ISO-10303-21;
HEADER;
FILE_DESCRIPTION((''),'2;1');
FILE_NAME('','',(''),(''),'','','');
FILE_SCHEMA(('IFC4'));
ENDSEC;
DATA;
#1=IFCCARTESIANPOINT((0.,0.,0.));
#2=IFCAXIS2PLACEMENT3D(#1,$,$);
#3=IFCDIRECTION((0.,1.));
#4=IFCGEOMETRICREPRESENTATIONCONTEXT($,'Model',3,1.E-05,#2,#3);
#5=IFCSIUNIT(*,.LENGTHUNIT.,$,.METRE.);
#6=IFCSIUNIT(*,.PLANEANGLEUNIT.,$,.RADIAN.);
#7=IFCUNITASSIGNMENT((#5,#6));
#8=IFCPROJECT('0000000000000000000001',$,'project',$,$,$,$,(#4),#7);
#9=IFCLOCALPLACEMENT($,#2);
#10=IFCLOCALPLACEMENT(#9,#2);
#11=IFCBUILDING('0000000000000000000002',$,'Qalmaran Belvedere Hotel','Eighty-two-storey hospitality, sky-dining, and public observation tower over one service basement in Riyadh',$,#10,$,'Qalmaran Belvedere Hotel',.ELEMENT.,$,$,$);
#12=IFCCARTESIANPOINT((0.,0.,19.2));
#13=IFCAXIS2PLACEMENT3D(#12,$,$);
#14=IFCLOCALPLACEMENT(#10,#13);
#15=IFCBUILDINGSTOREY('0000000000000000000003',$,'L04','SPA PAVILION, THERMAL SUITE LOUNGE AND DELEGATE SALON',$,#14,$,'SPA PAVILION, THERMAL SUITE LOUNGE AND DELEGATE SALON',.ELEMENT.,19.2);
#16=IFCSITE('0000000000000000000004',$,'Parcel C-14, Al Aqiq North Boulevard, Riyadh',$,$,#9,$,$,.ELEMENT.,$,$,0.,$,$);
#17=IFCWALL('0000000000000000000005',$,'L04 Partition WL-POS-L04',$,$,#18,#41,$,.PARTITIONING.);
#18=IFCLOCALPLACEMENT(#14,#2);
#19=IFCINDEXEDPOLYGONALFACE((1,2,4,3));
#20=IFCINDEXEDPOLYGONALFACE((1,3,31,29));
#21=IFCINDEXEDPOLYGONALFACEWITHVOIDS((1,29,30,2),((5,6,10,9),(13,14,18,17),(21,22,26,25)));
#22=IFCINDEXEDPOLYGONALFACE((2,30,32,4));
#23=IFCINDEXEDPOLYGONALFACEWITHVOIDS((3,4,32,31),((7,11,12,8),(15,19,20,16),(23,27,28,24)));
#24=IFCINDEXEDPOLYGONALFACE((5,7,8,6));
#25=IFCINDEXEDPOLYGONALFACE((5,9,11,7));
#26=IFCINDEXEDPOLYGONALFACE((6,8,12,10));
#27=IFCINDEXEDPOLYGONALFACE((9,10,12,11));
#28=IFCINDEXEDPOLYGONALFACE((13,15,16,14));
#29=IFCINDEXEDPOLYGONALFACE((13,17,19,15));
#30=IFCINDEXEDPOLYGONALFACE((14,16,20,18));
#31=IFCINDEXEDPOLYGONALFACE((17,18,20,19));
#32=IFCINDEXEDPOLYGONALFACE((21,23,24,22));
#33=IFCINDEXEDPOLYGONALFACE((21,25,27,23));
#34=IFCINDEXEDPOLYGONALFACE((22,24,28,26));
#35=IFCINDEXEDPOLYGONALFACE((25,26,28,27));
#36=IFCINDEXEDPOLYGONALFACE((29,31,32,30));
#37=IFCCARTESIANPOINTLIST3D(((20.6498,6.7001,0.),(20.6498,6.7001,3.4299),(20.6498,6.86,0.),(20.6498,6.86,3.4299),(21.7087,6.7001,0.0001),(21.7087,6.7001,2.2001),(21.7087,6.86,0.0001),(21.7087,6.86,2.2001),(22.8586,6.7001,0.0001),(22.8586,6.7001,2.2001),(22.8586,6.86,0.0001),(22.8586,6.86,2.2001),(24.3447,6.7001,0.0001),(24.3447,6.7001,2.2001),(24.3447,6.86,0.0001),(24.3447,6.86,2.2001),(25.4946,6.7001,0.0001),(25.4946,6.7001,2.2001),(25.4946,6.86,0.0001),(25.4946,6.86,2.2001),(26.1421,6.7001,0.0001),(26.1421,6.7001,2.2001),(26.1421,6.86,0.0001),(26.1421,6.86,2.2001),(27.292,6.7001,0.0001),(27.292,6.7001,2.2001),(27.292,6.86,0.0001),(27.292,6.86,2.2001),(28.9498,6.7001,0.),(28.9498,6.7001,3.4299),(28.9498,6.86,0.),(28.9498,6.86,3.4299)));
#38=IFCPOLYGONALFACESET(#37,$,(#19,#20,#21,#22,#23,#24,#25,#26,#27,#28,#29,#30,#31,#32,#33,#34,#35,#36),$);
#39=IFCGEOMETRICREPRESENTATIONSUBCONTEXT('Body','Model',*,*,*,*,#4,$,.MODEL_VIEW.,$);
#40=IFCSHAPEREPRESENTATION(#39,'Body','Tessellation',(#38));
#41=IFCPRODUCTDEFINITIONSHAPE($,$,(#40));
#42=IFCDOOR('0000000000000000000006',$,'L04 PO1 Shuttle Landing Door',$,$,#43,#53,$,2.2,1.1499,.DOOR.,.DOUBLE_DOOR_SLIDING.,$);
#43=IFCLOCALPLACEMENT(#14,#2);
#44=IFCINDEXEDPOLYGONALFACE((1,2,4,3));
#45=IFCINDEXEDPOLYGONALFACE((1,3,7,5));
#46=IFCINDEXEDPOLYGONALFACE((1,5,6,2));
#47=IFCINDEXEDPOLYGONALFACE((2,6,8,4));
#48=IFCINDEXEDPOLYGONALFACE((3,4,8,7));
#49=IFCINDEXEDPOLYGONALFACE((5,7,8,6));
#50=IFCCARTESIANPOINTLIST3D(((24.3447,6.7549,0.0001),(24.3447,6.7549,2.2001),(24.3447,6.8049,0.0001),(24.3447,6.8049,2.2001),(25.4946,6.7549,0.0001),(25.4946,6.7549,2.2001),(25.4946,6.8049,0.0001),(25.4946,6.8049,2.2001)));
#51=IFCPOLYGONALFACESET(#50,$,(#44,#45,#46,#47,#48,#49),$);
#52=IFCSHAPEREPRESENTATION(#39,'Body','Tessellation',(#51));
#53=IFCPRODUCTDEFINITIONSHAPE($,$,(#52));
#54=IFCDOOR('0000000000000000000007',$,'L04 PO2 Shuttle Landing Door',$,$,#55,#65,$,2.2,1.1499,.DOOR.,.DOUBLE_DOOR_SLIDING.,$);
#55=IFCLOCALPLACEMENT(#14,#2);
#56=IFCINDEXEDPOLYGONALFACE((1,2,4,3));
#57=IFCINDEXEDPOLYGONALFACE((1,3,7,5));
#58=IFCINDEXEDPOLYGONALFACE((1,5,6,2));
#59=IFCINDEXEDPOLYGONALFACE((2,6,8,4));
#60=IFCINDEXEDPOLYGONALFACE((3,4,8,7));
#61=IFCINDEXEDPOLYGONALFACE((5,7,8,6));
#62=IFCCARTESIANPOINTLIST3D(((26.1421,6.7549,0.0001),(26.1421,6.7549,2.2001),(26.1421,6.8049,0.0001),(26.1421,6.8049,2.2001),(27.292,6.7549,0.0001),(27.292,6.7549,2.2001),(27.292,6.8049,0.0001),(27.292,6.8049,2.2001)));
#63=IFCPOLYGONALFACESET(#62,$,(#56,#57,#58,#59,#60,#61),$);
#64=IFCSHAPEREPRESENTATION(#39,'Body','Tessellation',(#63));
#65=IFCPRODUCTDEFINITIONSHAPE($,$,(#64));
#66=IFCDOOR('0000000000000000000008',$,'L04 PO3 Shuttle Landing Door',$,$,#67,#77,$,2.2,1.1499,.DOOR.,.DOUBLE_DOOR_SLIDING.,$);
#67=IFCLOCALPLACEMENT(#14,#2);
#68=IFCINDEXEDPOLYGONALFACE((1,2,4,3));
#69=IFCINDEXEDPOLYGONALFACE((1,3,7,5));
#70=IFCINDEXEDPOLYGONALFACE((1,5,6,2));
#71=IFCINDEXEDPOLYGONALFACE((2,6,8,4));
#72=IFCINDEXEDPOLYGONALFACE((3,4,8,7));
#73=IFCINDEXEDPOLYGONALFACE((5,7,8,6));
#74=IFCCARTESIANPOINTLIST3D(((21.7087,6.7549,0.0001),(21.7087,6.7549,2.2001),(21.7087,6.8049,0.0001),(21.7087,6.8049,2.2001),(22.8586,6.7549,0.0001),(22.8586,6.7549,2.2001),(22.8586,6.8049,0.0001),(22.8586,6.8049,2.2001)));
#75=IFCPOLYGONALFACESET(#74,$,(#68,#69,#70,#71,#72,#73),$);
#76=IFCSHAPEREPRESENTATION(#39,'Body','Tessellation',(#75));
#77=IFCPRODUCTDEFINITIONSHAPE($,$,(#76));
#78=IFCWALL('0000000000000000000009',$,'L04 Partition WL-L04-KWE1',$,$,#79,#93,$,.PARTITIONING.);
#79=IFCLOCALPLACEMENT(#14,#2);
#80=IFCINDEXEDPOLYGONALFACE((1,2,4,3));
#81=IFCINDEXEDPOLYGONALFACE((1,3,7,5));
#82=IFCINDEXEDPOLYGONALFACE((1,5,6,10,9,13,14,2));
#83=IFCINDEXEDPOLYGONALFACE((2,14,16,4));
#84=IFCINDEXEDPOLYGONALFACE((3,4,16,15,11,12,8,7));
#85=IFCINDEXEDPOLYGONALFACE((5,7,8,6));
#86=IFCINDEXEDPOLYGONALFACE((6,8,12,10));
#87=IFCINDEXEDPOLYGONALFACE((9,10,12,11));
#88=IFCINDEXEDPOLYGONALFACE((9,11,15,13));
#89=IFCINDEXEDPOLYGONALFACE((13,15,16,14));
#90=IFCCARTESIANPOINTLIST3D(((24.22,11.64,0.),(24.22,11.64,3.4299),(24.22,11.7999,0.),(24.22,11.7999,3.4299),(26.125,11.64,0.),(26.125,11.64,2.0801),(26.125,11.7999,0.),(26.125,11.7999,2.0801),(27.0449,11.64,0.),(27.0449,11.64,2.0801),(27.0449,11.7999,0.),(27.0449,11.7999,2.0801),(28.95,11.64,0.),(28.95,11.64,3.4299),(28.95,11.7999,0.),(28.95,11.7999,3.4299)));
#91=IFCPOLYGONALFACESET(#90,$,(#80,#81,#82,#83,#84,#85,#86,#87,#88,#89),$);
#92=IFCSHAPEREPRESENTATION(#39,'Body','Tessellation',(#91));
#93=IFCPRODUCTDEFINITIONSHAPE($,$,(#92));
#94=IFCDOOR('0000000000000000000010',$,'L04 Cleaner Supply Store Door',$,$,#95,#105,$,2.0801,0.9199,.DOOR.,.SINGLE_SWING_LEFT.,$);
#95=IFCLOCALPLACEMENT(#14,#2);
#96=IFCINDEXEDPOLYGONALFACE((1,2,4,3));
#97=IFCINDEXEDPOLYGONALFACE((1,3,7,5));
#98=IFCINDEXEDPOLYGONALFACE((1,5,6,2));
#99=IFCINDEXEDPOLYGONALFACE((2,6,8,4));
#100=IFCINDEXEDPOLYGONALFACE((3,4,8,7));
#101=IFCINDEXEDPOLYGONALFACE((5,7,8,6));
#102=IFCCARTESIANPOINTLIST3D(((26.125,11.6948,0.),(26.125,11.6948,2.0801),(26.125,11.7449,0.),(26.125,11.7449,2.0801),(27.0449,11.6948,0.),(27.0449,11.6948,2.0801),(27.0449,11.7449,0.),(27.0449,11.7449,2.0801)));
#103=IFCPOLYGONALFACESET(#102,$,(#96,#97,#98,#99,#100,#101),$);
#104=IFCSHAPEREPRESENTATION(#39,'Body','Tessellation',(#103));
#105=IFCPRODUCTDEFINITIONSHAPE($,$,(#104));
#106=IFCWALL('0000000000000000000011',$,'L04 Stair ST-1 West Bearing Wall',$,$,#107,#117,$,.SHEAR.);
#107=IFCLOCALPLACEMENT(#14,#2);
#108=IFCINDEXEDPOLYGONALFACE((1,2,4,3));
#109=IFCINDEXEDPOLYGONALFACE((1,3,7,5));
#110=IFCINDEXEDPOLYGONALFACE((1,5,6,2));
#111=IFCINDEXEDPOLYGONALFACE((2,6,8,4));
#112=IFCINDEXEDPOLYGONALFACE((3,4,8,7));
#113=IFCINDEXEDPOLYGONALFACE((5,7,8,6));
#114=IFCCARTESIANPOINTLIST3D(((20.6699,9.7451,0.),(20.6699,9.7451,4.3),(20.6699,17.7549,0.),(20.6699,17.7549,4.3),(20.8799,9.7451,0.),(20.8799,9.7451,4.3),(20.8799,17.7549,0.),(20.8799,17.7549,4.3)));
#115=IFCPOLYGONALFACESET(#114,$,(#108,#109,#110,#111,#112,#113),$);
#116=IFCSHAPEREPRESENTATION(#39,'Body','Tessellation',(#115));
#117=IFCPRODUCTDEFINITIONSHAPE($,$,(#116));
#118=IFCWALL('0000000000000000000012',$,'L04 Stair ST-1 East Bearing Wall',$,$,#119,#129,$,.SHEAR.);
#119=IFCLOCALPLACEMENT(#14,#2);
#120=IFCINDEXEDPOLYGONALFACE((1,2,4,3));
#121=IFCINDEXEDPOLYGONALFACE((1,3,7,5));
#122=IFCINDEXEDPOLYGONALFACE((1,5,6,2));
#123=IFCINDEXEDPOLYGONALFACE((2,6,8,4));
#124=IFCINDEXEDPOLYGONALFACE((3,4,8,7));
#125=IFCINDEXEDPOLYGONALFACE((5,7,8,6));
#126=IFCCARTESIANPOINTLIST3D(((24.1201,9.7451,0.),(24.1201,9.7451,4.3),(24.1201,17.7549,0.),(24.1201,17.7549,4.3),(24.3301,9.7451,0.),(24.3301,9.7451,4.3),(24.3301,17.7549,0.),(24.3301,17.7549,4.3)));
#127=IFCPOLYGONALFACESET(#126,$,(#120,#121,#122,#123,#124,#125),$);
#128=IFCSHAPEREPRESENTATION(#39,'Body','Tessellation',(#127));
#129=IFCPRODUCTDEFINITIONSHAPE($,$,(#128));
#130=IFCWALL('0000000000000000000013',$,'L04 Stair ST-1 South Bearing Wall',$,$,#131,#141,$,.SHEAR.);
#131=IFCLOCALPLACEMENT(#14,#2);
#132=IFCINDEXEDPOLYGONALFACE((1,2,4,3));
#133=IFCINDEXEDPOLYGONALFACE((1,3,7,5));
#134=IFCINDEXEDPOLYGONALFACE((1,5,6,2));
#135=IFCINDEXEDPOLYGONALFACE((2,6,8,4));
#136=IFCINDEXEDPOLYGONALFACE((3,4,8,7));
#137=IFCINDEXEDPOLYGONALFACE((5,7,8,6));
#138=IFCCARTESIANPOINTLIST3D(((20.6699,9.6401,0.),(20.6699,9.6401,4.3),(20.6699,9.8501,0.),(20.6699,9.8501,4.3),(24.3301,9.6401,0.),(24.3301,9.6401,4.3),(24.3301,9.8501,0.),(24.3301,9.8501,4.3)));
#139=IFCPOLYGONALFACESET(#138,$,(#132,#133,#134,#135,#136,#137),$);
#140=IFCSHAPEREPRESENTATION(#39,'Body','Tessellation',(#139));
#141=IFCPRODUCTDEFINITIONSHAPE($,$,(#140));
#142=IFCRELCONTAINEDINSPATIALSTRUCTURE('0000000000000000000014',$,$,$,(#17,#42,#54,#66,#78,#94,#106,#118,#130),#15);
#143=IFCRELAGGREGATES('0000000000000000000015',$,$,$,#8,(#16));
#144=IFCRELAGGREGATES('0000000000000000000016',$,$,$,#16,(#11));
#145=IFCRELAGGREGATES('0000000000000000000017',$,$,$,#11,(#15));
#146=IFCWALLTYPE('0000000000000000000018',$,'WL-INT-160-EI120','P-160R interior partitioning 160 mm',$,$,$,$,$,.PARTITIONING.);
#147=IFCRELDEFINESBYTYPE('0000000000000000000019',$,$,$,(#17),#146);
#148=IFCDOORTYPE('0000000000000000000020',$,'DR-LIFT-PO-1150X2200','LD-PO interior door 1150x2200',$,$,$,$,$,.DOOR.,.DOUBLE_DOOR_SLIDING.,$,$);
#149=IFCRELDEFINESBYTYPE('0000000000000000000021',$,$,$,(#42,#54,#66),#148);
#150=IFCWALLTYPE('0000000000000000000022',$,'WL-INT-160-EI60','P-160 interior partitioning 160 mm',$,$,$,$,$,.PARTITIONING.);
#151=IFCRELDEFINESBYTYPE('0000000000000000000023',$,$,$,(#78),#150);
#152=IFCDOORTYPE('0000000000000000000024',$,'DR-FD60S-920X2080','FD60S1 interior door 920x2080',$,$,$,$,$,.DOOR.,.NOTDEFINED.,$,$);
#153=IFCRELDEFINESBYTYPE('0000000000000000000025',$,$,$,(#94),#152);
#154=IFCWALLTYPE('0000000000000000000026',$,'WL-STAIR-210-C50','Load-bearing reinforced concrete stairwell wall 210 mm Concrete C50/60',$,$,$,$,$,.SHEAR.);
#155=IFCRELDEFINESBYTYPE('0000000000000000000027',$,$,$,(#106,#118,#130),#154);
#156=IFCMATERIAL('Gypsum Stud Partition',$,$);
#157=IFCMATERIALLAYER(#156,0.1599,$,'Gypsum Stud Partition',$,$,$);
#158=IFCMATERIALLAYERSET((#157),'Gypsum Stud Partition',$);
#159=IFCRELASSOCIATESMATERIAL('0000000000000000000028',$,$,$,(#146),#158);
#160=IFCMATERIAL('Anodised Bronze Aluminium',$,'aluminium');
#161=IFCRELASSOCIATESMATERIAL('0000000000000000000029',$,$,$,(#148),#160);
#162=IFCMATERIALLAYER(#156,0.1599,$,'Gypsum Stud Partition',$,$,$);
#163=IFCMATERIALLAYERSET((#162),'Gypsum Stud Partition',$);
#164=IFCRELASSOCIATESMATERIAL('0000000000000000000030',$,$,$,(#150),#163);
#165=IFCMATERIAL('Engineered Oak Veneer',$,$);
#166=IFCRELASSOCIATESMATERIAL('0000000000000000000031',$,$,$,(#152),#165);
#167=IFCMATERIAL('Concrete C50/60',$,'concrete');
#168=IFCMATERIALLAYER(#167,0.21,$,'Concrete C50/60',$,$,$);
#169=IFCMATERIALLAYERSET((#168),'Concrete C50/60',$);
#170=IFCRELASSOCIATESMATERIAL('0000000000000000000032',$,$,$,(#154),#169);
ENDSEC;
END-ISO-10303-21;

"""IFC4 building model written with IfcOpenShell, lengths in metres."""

from ifc_helpers import new_model, si_unit, direction, frame, frame_2d, origin, place, context, subcontext, project, spatial, rectangle, extrude, material, layer, layer_set, type_object, element, fill, save


model = new_model("IFC4")

# Units and contexts
model_context = context("Model", 3, precision=1e-05, world=origin(), true_north=direction((0.0, 1.0)))
body_context = subcontext(model_context, "Body", "Model", "MODEL_VIEW")
ifc_project = project(units=[si_unit("LENGTHUNIT", "METRE"), si_unit("PLANEANGLEUNIT", "RADIAN")], contexts=[model_context])

# Site, building, storey
site_placement = place(None, origin())
site = spatial("IfcSite", under=ifc_project, at=site_placement, Name="Parcel C-14, Al Aqiq North Boulevard, Riyadh", CompositionType="ELEMENT", RefElevation=0.0)
building_placement = place(site_placement, origin())
building = spatial("IfcBuilding", under=site, at=building_placement, Name="Qalmaran Belvedere Hotel", Description="Eighty-two-storey hospitality, sky-dining, and public observation tower over one service basement in Riyadh", LongName="Qalmaran Belvedere Hotel", CompositionType="ELEMENT")
storey_placement = place(building_placement, frame((0.0, 0.0, 19.2)))
storey = spatial("IfcBuildingStorey", under=building, at=storey_placement, Name="L04", Description="SPA PAVILION, THERMAL SUITE LOUNGE AND DELEGATE SALON", LongName="SPA PAVILION, THERMAL SUITE LOUNGE AND DELEGATE SALON", CompositionType="ELEMENT", Elevation=19.2)

# Shared definitions
ifc_material_1 = material(Name="Anodised Bronze Aluminium", Category="aluminium")

# Shared definitions
ifc_material_2 = material(Name="Gypsum Stud Partition")

# Wall, openings, doors
ifc_layer_1 = layer(ifc_material_2, 0.1599, Name="Gypsum Stud Partition")
ifc_layer_set_1 = layer_set([ifc_layer_1], Name="Gypsum Stud Partition")
wall_type_1 = type_object("IfcWallType", Name="WL-INT-160-EI120", Description="P-160R interior partitioning 160 mm", PredefinedType="PARTITIONING", material=ifc_layer_set_1)
wall_1_placement = place(storey_placement, frame((20.6499, 6.78, 0.0), z_axis=(0.0, 0.0, 1.0), x_axis=(1.0, 0.0, 0.0)))
wall_1 = element("IfcWall", 1, at=wall_1_placement, inside=storey, type_object=wall_type_1, Name="L04 Partition WL-POS-L04", PredefinedType="PARTITIONING", context=body_context, shape_type="SweptSolid", body=[
    extrude(rectangle(XDim=8.3, YDim=0.1599, at=frame_2d((4.1499, 0.0))), origin(), (0.0, 0.0, 1.0), 3.4299),
])
opening_1_placement = place(wall_1_placement, frame((3.6948, 0.0, 0.0)))
opening_1 = element("IfcOpeningElement", 2, at=opening_1_placement, cuts=wall_1, PredefinedType="OPENING", context=body_context, shape_type="SweptSolid", body=[
    extrude(rectangle(XDim=1.1499, YDim=2.2, at=frame_2d((0.575, 1.1001))), frame((0.0, 0.0898, 0.0), z_axis=(0.0, -1.0, 0.0), x_axis=(1.0, 0.0, 0.0)), (0.0, 0.0, 1.0), 0.1799),
])
opening_2_placement = place(wall_1_placement, frame((5.4922, 0.0, 0.0)))
opening_2 = element("IfcOpeningElement", 3, at=opening_2_placement, cuts=wall_1, PredefinedType="OPENING", context=body_context, shape_type="SweptSolid", body=[
    extrude(rectangle(XDim=1.1499, YDim=2.2, at=frame_2d((0.575, 1.1001))), frame((0.0, 0.0898, 0.0), z_axis=(0.0, -1.0, 0.0), x_axis=(1.0, 0.0, 0.0)), (0.0, 0.0, 1.0), 0.1799),
])
opening_3_placement = place(wall_1_placement, frame((1.0588, 0.0, 0.0)))
opening_3 = element("IfcOpeningElement", 4, at=opening_3_placement, cuts=wall_1, PredefinedType="OPENING", context=body_context, shape_type="SweptSolid", body=[
    extrude(rectangle(XDim=1.1499, YDim=2.2, at=frame_2d((0.575, 1.1001))), frame((0.0, 0.0898, 0.0), z_axis=(0.0, -1.0, 0.0), x_axis=(1.0, 0.0, 0.0)), (0.0, 0.0, 1.0), 0.1799),
])
door_type_1 = type_object("IfcDoorType", Name="DR-LIFT-PO-1150X2200", Description="LD-PO interior door 1150x2200", OperationType="DOUBLE_DOOR_SLIDING", PredefinedType="DOOR", material=ifc_material_1)
door_1_placement = place(opening_1_placement, origin())
door_1 = element("IfcDoor", 5, at=door_1_placement, inside=storey, type_object=door_type_1, Name="L04 PO1 Shuttle Landing Door", OperationType="DOUBLE_DOOR_SLIDING", OverallHeight=2.2, OverallWidth=1.1499, PredefinedType="DOOR", context=body_context, shape_type="SweptSolid", body=[
    extrude(rectangle(XDim=1.1499, YDim=2.2, at=frame_2d((0.575, 1.1001))), frame((0.0, 0.0249, 0.0), z_axis=(0.0, -1.0, 0.0), x_axis=(1.0, 0.0, 0.0)), (0.0, 0.0, 1.0), 0.05),
])
fill(opening_1, door_1)
door_2_placement = place(opening_2_placement, origin())
door_2 = element("IfcDoor", 6, at=door_2_placement, inside=storey, type_object=door_type_1, Name="L04 PO2 Shuttle Landing Door", OperationType="DOUBLE_DOOR_SLIDING", OverallHeight=2.2, OverallWidth=1.1499, PredefinedType="DOOR", context=body_context, shape_type="SweptSolid", body=[
    extrude(rectangle(XDim=1.1499, YDim=2.2, at=frame_2d((0.575, 1.1001))), frame((0.0, 0.0249, 0.0), z_axis=(0.0, -1.0, 0.0), x_axis=(1.0, 0.0, 0.0)), (0.0, 0.0, 1.0), 0.05),
])
fill(opening_2, door_2)
door_3_placement = place(opening_3_placement, origin())
door_3 = element("IfcDoor", 7, at=door_3_placement, inside=storey, type_object=door_type_1, Name="L04 PO3 Shuttle Landing Door", OperationType="DOUBLE_DOOR_SLIDING", OverallHeight=2.2, OverallWidth=1.1499, PredefinedType="DOOR", context=body_context, shape_type="SweptSolid", body=[
    extrude(rectangle(XDim=1.1499, YDim=2.2, at=frame_2d((0.575, 1.1001))), frame((0.0, 0.0249, 0.0), z_axis=(0.0, -1.0, 0.0), x_axis=(1.0, 0.0, 0.0)), (0.0, 0.0, 1.0), 0.05),
])
fill(opening_3, door_3)

# Wall, opening, door
ifc_layer_2 = layer(ifc_material_2, 0.1599, Name="Gypsum Stud Partition")
ifc_layer_set_2 = layer_set([ifc_layer_2], Name="Gypsum Stud Partition")
wall_type_2 = type_object("IfcWallType", Name="WL-INT-160-EI60", Description="P-160 interior partitioning 160 mm", PredefinedType="PARTITIONING", material=ifc_layer_set_2)
wall_2_placement = place(storey_placement, frame((24.22, 11.72, 0.0), z_axis=(0.0, 0.0, 1.0), x_axis=(1.0, 0.0, 0.0)))
wall_2 = element("IfcWall", 8, at=wall_2_placement, inside=storey, type_object=wall_type_2, Name="L04 Partition WL-L04-KWE1", PredefinedType="PARTITIONING", context=body_context, shape_type="SweptSolid", body=[
    extrude(rectangle(XDim=4.73, YDim=0.1599, at=frame_2d((2.365, 0.0))), origin(), (0.0, 0.0, 1.0), 3.4299),
])
opening_4_placement = place(wall_2_placement, frame((1.905, 0.0, 0.0)))
opening_4 = element("IfcOpeningElement", 9, at=opening_4_placement, cuts=wall_2, PredefinedType="OPENING", context=body_context, shape_type="SweptSolid", body=[
    extrude(rectangle(XDim=0.9199, YDim=2.0801, at=frame_2d((0.46, 1.04))), frame((0.0, 0.0898, 0.0), z_axis=(0.0, -1.0, 0.0), x_axis=(1.0, 0.0, 0.0)), (0.0, 0.0, 1.0), 0.1799),
])
ifc_material_3 = material(Name="Engineered Oak Veneer")
door_type_2 = type_object("IfcDoorType", Name="DR-FD60S-920X2080", Description="FD60S1 interior door 920x2080", OperationType="NOTDEFINED", PredefinedType="DOOR", material=ifc_material_3)
door_4_placement = place(opening_4_placement, origin())
door_4 = element("IfcDoor", 10, at=door_4_placement, inside=storey, type_object=door_type_2, Name="L04 Cleaner Supply Store Door", OperationType="SINGLE_SWING_LEFT", OverallHeight=2.0801, OverallWidth=0.9199, PredefinedType="DOOR", context=body_context, shape_type="SweptSolid", body=[
    extrude(rectangle(XDim=0.9199, YDim=2.0801, at=frame_2d((0.46, 1.04))), frame((0.0, 0.0249, 0.0), z_axis=(0.0, -1.0, 0.0), x_axis=(1.0, 0.0, 0.0)), (0.0, 0.0, 1.0), 0.05),
])
fill(opening_4, door_4)

# Walls
ifc_material_4 = material(Name="Concrete C50/60", Category="concrete")
ifc_layer_3 = layer(ifc_material_4, 0.21, Name="Concrete C50/60")
ifc_layer_set_3 = layer_set([ifc_layer_3], Name="Concrete C50/60")
wall_type_3 = type_object("IfcWallType", Name="WL-STAIR-210-C50", Description="Load-bearing reinforced concrete stairwell wall 210 mm Concrete C50/60", PredefinedType="SHEAR", material=ifc_layer_set_3)
for number, where, z_axis, x_axis, name in (
    (11, (20.7749, 9.7451, 0.0), (0.0, 0.0, 1.0), (0.0, 1.0, 0.0), "L04 Stair ST-1 West Bearing Wall"),
    (12, (24.2251, 9.7451, 0.0), (0.0, 0.0, 1.0), (0.0, 1.0, 0.0), "L04 Stair ST-1 East Bearing Wall"),
):
    element("IfcWall", number, at=place(storey_placement, frame(where, z_axis=z_axis, x_axis=x_axis)), inside=storey, type_object=wall_type_3, Name=name, PredefinedType="SHEAR", context=body_context, shape_type="SweptSolid", body=[
        extrude(rectangle(XDim=8.0098, YDim=0.21, at=frame_2d((4.0049, 0.0))), origin(), (0.0, 0.0, 1.0), 4.3),
    ])
wall_3_placement = place(storey_placement, frame((20.6699, 9.7451, 0.0), z_axis=(0.0, 0.0, 1.0), x_axis=(1.0, 0.0, 0.0)))
element("IfcWall", 13, at=wall_3_placement, inside=storey, type_object=wall_type_3, Name="L04 Stair ST-1 South Bearing Wall", PredefinedType="SHEAR", context=body_context, shape_type="SweptSolid", body=[
    extrude(rectangle(XDim=3.6602, YDim=0.21, at=frame_2d((1.8301, 0.0))), origin(), (0.0, 0.0, 1.0), 4.3),
])

save(model, "model.ifc")
